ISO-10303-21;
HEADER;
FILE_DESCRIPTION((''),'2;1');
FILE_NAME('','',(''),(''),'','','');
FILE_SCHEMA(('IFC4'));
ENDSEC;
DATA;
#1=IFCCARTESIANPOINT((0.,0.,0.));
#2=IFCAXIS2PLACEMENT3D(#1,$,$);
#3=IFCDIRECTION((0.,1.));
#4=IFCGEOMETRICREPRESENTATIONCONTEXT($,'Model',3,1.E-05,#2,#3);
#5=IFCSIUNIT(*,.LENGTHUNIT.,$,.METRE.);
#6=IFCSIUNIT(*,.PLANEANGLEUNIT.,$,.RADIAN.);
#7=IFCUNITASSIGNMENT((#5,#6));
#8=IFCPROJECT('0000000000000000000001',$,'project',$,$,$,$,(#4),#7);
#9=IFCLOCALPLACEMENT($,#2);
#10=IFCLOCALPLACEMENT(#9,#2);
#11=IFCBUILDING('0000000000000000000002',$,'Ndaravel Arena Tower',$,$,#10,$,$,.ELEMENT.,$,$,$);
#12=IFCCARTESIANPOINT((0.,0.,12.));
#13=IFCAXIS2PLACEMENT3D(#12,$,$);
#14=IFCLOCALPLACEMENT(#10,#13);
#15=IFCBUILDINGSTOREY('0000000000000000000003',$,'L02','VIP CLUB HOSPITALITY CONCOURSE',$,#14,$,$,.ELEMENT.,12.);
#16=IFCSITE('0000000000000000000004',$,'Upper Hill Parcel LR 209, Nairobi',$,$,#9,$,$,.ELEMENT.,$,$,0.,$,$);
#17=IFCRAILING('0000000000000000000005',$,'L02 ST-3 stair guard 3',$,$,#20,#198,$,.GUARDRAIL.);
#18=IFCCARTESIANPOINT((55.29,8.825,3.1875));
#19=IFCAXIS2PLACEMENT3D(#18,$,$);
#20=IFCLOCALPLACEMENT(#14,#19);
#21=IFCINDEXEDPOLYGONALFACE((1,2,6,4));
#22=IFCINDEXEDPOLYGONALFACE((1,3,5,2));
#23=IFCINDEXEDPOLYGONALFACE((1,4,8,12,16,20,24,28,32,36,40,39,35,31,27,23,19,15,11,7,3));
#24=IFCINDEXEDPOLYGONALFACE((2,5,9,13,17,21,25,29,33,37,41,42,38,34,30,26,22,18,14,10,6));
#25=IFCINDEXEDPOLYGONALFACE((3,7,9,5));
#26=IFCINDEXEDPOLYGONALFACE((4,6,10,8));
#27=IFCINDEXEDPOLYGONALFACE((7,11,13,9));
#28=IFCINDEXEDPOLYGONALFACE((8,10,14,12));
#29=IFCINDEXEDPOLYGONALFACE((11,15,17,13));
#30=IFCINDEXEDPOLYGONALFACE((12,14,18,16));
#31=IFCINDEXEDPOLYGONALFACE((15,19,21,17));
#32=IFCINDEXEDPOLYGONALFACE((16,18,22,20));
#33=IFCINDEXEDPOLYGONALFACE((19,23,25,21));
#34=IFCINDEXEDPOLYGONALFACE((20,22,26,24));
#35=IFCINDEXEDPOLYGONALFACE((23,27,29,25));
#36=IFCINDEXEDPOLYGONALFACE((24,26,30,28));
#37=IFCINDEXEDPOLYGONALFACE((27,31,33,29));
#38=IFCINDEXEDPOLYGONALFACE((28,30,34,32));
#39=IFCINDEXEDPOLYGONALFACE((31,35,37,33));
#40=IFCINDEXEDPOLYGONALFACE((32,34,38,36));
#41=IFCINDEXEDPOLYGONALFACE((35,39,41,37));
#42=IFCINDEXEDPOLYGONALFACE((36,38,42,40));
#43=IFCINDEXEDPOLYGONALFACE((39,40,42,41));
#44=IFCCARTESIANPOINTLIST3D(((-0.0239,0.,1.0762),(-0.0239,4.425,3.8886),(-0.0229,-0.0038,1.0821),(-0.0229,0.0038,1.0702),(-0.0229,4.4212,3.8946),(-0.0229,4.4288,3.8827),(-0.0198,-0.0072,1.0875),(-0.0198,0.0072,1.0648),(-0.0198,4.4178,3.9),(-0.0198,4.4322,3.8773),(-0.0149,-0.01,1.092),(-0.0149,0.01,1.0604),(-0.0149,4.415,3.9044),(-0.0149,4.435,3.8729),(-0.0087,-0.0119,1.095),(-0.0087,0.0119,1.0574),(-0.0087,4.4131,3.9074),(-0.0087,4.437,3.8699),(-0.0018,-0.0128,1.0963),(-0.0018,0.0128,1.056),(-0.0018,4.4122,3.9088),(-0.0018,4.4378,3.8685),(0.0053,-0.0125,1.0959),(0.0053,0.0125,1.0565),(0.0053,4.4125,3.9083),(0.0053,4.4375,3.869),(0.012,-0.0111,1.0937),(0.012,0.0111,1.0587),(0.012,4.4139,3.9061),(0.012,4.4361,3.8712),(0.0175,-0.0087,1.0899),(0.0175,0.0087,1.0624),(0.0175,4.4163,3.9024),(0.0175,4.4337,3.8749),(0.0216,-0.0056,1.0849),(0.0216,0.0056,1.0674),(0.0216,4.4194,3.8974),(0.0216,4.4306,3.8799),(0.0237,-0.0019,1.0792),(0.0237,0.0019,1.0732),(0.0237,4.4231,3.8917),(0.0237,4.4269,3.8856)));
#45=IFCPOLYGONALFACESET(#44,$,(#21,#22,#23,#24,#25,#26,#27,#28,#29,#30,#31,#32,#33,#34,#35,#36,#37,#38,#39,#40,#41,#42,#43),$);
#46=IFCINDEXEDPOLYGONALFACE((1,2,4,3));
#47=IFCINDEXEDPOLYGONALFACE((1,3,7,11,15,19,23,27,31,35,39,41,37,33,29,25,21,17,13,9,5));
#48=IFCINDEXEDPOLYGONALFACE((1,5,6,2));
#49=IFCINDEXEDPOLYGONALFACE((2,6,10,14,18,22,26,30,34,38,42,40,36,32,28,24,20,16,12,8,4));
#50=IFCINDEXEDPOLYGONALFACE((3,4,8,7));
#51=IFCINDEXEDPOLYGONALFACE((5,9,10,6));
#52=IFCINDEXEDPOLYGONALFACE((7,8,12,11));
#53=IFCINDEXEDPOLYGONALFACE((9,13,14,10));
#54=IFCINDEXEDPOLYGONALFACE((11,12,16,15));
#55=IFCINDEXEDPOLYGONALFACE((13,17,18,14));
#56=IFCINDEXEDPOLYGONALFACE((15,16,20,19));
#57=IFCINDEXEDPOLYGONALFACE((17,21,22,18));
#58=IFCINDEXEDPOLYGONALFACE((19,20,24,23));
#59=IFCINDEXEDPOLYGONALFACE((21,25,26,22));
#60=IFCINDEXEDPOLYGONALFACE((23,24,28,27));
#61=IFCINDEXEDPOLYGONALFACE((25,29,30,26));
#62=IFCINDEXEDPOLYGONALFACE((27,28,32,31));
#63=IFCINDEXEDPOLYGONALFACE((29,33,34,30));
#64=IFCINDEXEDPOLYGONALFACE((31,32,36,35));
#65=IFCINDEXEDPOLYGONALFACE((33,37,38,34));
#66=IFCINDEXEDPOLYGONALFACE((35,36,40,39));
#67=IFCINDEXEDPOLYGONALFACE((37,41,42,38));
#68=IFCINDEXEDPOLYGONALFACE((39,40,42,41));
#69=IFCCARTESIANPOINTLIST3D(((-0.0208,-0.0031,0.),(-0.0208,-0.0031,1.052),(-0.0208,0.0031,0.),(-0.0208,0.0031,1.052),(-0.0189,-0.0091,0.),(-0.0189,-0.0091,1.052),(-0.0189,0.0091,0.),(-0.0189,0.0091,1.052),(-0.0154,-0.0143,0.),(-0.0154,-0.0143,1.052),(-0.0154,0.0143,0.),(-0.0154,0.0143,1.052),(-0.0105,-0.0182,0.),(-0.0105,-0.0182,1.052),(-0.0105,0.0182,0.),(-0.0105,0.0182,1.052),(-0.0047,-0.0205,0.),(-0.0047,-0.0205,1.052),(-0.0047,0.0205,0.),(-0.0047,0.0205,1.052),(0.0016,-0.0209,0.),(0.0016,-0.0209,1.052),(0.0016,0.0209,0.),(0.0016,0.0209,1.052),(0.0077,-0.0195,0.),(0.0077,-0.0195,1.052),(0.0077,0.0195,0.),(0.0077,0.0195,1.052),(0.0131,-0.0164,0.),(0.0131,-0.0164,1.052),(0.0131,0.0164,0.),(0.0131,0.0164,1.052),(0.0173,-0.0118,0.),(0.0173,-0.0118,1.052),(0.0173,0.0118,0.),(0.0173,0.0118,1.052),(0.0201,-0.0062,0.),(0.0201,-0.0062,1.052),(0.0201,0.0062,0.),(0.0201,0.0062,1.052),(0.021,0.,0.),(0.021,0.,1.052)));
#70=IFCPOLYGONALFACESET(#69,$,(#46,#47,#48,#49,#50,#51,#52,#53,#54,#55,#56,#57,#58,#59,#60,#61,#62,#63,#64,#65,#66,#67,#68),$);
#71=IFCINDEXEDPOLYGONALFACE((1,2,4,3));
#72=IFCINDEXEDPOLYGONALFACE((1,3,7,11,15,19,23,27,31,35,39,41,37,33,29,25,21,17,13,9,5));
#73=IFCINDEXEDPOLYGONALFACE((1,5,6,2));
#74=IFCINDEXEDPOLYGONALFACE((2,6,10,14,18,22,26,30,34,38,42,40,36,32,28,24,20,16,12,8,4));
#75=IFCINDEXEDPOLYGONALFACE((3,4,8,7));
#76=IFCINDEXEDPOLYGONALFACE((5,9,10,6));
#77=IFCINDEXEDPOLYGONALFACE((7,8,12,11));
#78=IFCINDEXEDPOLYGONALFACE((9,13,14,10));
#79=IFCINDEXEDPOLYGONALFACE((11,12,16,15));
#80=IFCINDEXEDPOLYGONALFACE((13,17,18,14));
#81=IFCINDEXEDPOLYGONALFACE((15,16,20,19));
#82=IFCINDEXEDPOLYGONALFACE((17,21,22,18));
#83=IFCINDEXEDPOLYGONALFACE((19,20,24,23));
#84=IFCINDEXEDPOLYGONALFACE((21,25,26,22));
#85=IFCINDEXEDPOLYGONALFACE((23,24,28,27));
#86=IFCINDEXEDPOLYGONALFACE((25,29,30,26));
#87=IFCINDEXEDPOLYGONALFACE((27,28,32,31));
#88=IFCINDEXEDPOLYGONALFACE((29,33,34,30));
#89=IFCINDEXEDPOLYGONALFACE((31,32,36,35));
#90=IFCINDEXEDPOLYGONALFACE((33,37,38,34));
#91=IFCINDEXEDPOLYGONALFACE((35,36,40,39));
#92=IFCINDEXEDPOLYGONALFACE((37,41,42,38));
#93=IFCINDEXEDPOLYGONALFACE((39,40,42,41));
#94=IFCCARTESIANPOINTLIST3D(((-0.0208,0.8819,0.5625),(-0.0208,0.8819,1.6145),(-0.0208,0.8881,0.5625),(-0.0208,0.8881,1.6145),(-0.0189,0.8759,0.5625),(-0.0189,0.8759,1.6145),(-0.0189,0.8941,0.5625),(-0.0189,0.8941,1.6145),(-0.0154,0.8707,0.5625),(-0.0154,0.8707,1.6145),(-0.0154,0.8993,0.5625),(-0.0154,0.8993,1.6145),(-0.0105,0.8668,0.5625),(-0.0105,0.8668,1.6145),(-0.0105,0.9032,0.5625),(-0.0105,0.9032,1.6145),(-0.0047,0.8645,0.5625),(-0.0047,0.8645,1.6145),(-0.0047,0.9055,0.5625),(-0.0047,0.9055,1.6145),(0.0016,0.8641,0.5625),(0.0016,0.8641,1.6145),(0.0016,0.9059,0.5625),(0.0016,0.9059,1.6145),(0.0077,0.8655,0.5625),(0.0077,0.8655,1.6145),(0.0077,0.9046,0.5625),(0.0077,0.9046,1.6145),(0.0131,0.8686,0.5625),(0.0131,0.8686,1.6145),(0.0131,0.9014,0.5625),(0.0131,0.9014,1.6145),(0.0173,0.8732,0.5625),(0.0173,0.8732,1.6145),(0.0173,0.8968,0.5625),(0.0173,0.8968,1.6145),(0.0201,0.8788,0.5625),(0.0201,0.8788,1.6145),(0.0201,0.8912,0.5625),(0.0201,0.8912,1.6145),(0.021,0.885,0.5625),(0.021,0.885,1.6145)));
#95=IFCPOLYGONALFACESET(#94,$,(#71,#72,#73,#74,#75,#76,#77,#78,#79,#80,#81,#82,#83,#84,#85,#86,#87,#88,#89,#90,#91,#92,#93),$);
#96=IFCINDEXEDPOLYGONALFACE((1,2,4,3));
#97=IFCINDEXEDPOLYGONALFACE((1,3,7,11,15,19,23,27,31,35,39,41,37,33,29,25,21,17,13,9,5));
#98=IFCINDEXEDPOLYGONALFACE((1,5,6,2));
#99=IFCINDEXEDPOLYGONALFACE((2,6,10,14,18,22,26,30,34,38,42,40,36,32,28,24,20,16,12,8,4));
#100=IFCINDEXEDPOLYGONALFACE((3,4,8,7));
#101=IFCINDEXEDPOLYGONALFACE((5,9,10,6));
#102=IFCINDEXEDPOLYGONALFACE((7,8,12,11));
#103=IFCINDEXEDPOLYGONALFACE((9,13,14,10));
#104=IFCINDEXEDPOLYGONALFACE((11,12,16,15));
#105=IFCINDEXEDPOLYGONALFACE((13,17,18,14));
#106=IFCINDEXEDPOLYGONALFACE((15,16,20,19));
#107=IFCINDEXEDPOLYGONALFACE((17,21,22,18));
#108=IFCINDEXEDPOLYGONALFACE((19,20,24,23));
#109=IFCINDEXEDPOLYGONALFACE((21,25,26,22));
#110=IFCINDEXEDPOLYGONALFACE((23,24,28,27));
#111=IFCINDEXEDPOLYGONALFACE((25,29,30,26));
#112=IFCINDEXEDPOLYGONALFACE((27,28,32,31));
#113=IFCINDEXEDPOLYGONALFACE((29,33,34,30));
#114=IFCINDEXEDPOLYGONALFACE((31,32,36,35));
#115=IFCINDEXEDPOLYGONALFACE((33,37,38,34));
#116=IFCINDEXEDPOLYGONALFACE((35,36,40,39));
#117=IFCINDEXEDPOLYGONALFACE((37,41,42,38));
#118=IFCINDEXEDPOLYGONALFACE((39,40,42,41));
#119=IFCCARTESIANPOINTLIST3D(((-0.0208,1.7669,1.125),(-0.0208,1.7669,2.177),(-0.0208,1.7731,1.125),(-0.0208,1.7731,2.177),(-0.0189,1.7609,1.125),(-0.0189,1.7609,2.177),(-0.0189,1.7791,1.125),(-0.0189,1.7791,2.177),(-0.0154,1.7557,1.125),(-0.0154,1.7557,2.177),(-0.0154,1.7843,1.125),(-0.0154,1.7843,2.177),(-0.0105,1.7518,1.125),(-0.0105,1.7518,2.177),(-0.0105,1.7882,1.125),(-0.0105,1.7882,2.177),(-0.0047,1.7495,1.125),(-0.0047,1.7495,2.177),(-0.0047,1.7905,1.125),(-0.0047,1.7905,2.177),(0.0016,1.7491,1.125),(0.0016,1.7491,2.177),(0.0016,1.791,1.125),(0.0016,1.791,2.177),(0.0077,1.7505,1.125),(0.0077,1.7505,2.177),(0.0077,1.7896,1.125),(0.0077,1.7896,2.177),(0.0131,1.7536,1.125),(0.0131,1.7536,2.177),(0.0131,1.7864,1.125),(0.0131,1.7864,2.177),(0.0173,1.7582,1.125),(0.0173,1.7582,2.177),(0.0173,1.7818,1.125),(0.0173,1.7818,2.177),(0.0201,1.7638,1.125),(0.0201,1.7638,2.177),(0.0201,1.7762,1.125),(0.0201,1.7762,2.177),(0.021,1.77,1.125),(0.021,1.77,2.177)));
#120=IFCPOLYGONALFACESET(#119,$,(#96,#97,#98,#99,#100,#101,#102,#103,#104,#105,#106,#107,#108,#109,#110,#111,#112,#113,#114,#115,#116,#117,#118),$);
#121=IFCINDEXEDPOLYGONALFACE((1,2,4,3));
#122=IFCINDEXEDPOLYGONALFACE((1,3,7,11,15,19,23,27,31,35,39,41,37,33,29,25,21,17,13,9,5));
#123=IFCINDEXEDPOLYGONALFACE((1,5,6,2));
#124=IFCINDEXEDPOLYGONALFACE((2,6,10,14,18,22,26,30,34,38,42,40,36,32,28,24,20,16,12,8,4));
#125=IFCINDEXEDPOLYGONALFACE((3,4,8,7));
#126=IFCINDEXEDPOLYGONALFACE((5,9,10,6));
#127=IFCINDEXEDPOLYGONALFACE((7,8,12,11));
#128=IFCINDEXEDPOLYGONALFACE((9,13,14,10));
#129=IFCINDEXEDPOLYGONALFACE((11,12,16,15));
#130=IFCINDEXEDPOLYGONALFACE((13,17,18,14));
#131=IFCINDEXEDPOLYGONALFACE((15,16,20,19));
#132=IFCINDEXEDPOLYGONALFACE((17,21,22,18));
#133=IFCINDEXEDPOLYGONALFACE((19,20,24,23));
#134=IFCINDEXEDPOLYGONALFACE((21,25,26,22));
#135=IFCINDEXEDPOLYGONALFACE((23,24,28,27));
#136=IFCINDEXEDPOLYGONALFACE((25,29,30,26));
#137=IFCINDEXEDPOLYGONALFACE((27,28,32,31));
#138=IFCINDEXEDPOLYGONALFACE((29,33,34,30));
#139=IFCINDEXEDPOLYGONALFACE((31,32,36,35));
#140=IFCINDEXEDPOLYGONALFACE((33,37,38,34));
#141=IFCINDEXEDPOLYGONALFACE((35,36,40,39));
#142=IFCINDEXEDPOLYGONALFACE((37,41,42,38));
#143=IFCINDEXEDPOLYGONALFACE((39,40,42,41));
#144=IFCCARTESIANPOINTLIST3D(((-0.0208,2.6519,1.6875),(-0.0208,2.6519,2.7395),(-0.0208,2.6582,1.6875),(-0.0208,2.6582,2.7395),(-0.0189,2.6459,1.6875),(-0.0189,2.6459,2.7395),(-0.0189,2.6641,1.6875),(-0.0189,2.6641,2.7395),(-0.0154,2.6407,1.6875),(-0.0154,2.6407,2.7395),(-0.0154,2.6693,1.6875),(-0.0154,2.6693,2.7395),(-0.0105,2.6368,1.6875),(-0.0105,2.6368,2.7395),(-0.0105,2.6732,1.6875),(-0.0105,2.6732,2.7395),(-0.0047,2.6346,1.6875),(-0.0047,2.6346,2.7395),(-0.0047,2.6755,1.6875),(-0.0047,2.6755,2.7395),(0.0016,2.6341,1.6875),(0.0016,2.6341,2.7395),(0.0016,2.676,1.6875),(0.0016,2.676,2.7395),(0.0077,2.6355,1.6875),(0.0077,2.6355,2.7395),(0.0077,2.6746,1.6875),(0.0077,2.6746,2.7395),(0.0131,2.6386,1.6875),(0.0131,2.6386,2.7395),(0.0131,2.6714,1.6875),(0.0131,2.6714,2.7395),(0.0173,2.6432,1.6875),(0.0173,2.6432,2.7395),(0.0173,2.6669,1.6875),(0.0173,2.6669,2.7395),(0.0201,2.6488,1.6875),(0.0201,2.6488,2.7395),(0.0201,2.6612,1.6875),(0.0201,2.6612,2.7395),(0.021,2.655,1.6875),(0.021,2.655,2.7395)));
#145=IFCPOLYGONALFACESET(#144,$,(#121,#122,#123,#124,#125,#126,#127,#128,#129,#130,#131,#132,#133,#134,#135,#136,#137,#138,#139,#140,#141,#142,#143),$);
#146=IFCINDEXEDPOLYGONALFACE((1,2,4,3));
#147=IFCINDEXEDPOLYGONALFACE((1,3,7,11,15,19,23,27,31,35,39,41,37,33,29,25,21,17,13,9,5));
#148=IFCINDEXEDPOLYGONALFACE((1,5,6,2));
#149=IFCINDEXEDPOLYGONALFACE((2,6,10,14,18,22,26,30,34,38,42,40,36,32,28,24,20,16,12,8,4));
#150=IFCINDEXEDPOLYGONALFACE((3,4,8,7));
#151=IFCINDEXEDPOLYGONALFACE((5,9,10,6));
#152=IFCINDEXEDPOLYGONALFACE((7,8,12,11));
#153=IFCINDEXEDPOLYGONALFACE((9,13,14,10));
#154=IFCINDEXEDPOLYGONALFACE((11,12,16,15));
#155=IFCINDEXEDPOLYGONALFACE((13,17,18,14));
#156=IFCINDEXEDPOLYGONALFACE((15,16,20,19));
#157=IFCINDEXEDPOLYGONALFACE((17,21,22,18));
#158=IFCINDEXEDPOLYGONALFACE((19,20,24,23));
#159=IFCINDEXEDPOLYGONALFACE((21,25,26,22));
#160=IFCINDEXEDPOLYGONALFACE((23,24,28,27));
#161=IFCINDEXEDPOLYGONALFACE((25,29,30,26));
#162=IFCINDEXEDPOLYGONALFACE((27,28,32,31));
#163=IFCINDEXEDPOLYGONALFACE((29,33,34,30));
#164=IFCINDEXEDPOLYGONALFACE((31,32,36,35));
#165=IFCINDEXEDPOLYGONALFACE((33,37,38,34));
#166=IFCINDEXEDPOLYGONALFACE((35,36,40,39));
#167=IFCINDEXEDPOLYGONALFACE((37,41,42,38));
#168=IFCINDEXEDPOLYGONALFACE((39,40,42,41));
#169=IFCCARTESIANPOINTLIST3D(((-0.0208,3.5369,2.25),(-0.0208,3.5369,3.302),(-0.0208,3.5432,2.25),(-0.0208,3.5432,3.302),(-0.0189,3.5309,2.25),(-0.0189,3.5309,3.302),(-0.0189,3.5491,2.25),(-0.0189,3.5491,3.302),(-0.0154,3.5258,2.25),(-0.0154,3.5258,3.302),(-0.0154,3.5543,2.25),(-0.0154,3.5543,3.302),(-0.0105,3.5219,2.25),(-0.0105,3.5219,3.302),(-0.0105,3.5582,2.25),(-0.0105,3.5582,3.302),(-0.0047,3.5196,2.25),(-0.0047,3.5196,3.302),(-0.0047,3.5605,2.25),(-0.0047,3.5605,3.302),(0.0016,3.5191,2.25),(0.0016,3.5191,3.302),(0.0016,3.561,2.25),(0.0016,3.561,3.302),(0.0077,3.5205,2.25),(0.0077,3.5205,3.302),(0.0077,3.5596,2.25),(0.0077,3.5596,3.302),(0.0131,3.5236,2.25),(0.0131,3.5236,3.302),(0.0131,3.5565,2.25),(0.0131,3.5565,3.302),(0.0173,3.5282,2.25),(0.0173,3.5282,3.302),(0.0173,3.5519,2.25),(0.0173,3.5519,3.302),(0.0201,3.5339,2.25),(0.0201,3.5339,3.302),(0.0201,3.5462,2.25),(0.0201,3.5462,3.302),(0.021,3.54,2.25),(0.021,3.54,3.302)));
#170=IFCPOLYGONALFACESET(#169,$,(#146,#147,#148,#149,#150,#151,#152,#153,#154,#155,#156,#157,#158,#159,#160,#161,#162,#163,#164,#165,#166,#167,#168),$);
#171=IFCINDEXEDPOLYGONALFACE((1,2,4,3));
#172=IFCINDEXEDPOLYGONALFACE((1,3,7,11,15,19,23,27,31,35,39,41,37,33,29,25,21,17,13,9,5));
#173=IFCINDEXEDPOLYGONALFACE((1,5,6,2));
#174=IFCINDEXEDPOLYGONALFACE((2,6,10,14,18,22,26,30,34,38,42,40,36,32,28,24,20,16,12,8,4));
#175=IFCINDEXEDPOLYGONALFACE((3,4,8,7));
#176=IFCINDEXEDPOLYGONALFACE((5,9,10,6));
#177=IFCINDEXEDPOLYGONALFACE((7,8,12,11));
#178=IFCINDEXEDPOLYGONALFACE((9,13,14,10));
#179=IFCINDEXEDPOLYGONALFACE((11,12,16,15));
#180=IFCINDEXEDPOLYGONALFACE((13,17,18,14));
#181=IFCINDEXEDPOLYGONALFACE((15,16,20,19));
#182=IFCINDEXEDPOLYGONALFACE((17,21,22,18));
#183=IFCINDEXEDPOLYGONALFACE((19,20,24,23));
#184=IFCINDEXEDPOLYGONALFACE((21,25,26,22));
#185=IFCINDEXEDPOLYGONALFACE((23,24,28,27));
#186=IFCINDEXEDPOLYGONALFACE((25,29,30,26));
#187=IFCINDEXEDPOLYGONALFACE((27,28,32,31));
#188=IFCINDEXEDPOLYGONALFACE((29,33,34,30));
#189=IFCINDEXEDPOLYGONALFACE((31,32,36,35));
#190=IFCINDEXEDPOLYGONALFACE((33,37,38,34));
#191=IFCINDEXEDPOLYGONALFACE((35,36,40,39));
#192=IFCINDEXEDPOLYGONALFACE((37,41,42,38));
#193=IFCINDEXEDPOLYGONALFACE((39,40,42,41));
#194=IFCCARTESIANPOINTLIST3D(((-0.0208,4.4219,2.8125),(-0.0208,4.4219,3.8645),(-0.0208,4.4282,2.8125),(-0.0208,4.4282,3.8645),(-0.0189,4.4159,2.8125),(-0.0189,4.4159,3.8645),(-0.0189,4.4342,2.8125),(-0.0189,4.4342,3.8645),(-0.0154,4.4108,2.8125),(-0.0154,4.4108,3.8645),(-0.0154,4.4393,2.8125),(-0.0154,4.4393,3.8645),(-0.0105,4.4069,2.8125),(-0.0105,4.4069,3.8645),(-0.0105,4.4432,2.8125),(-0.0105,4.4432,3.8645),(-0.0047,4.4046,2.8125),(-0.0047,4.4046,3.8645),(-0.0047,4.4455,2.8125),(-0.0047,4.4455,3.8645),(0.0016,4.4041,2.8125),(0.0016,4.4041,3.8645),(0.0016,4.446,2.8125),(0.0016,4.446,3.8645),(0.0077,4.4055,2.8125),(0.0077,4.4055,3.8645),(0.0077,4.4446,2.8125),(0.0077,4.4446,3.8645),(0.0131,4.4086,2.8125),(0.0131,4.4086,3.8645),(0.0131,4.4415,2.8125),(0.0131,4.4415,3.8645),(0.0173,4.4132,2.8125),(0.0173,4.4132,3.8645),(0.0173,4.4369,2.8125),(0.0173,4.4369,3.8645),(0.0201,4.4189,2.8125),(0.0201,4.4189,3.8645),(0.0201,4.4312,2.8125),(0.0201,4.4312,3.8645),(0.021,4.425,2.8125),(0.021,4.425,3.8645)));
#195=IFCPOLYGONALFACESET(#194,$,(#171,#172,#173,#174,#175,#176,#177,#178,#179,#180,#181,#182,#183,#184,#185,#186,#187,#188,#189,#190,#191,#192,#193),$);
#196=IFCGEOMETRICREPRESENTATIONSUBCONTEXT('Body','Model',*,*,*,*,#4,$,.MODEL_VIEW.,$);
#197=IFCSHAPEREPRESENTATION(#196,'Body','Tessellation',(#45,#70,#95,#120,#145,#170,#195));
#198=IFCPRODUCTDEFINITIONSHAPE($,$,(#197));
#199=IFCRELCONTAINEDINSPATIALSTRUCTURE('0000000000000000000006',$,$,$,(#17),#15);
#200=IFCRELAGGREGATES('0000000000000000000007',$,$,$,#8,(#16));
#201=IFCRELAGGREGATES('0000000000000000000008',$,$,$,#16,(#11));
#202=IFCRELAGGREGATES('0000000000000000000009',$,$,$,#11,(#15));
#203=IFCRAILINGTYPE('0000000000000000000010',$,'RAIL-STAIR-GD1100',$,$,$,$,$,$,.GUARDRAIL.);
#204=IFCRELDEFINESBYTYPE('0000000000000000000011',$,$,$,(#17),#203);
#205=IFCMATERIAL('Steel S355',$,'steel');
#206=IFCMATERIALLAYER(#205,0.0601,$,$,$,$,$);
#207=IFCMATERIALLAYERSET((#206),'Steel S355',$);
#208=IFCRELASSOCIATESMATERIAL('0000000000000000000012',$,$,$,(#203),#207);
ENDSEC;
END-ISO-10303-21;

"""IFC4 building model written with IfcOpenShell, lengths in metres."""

from ifc_helpers import new_model, si_unit, direction, frame, origin, origin_2d, place, context, subcontext, project, spatial, circle, extrude, material, layer, layer_set, type_object, element, save


model = new_model("IFC4")

# Units and contexts
model_context = context("Model", 3, precision=1e-05, world=origin(), true_north=direction((0.0, 1.0)))
body_context = subcontext(model_context, "Body", "Model", "MODEL_VIEW")
ifc_project = project(units=[si_unit("LENGTHUNIT", "METRE"), si_unit("PLANEANGLEUNIT", "RADIAN")], contexts=[model_context])

# Site, building, storey
site_placement = place(None, origin())
site = spatial("IfcSite", under=ifc_project, at=site_placement, Name="Upper Hill Parcel LR 209, Nairobi", CompositionType="ELEMENT", RefElevation=0.0)
building_placement = place(site_placement, origin())
building = spatial("IfcBuilding", under=site, at=building_placement, Name="Ndaravel Arena Tower", CompositionType="ELEMENT")
storey_placement = place(building_placement, frame((0.0, 0.0, 12.0)))
storey = spatial("IfcBuildingStorey", under=building, at=storey_placement, Name="L02", Description="VIP CLUB HOSPITALITY CONCOURSE", CompositionType="ELEMENT", Elevation=12.0)

# Railing
ifc_material_1 = material(Name="Steel S355", Category="steel")
ifc_layer_1 = layer(ifc_material_1, 0.0601)
ifc_layer_set_1 = layer_set([ifc_layer_1], Name="Steel S355")
railing_type_1 = type_object("IfcRailingType", Name="RAIL-STAIR-GD1100", PredefinedType="GUARDRAIL", material=ifc_layer_set_1)
railing_1_placement = place(storey_placement, frame((55.29, 8.825, 3.1875)))
element("IfcRailing", 1, at=railing_1_placement, inside=storey, type_object=railing_type_1, Name="L02 ST-3 stair guard 3", PredefinedType="GUARDRAIL", context=body_context, shape_type="SweptSolid", body=[
    extrude(circle(Radius=0.0239, at=origin_2d()), frame((0.0, 0.0, 1.0762), z_axis=(0.0, 0.843959, 0.536408), x_axis=(-1.0, 0.0, 0.0)), (0.0, 0.0, 1.0), 5.2432),
    extrude(circle(Radius=0.021, at=origin_2d()), origin(), (0.0, 0.0, 1.0), 1.052),
    extrude(circle(Radius=0.021, at=origin_2d()), frame((0.0, 0.885, 0.5625)), (0.0, 0.0, 1.0), 1.052),
    extrude(circle(Radius=0.021, at=origin_2d()), frame((0.0, 1.77, 1.125)), (0.0, 0.0, 1.0), 1.052),
    extrude(circle(Radius=0.021, at=origin_2d()), frame((0.0, 2.655, 1.6875)), (0.0, 0.0, 1.0), 1.052),
    extrude(circle(Radius=0.021, at=origin_2d()), frame((0.0, 3.54, 2.25)), (0.0, 0.0, 1.0), 1.052),
    extrude(circle(Radius=0.021, at=origin_2d()), frame((0.0, 4.425, 2.8125)), (0.0, 0.0, 1.0), 1.052),
])

save(model, "model.ifc")
